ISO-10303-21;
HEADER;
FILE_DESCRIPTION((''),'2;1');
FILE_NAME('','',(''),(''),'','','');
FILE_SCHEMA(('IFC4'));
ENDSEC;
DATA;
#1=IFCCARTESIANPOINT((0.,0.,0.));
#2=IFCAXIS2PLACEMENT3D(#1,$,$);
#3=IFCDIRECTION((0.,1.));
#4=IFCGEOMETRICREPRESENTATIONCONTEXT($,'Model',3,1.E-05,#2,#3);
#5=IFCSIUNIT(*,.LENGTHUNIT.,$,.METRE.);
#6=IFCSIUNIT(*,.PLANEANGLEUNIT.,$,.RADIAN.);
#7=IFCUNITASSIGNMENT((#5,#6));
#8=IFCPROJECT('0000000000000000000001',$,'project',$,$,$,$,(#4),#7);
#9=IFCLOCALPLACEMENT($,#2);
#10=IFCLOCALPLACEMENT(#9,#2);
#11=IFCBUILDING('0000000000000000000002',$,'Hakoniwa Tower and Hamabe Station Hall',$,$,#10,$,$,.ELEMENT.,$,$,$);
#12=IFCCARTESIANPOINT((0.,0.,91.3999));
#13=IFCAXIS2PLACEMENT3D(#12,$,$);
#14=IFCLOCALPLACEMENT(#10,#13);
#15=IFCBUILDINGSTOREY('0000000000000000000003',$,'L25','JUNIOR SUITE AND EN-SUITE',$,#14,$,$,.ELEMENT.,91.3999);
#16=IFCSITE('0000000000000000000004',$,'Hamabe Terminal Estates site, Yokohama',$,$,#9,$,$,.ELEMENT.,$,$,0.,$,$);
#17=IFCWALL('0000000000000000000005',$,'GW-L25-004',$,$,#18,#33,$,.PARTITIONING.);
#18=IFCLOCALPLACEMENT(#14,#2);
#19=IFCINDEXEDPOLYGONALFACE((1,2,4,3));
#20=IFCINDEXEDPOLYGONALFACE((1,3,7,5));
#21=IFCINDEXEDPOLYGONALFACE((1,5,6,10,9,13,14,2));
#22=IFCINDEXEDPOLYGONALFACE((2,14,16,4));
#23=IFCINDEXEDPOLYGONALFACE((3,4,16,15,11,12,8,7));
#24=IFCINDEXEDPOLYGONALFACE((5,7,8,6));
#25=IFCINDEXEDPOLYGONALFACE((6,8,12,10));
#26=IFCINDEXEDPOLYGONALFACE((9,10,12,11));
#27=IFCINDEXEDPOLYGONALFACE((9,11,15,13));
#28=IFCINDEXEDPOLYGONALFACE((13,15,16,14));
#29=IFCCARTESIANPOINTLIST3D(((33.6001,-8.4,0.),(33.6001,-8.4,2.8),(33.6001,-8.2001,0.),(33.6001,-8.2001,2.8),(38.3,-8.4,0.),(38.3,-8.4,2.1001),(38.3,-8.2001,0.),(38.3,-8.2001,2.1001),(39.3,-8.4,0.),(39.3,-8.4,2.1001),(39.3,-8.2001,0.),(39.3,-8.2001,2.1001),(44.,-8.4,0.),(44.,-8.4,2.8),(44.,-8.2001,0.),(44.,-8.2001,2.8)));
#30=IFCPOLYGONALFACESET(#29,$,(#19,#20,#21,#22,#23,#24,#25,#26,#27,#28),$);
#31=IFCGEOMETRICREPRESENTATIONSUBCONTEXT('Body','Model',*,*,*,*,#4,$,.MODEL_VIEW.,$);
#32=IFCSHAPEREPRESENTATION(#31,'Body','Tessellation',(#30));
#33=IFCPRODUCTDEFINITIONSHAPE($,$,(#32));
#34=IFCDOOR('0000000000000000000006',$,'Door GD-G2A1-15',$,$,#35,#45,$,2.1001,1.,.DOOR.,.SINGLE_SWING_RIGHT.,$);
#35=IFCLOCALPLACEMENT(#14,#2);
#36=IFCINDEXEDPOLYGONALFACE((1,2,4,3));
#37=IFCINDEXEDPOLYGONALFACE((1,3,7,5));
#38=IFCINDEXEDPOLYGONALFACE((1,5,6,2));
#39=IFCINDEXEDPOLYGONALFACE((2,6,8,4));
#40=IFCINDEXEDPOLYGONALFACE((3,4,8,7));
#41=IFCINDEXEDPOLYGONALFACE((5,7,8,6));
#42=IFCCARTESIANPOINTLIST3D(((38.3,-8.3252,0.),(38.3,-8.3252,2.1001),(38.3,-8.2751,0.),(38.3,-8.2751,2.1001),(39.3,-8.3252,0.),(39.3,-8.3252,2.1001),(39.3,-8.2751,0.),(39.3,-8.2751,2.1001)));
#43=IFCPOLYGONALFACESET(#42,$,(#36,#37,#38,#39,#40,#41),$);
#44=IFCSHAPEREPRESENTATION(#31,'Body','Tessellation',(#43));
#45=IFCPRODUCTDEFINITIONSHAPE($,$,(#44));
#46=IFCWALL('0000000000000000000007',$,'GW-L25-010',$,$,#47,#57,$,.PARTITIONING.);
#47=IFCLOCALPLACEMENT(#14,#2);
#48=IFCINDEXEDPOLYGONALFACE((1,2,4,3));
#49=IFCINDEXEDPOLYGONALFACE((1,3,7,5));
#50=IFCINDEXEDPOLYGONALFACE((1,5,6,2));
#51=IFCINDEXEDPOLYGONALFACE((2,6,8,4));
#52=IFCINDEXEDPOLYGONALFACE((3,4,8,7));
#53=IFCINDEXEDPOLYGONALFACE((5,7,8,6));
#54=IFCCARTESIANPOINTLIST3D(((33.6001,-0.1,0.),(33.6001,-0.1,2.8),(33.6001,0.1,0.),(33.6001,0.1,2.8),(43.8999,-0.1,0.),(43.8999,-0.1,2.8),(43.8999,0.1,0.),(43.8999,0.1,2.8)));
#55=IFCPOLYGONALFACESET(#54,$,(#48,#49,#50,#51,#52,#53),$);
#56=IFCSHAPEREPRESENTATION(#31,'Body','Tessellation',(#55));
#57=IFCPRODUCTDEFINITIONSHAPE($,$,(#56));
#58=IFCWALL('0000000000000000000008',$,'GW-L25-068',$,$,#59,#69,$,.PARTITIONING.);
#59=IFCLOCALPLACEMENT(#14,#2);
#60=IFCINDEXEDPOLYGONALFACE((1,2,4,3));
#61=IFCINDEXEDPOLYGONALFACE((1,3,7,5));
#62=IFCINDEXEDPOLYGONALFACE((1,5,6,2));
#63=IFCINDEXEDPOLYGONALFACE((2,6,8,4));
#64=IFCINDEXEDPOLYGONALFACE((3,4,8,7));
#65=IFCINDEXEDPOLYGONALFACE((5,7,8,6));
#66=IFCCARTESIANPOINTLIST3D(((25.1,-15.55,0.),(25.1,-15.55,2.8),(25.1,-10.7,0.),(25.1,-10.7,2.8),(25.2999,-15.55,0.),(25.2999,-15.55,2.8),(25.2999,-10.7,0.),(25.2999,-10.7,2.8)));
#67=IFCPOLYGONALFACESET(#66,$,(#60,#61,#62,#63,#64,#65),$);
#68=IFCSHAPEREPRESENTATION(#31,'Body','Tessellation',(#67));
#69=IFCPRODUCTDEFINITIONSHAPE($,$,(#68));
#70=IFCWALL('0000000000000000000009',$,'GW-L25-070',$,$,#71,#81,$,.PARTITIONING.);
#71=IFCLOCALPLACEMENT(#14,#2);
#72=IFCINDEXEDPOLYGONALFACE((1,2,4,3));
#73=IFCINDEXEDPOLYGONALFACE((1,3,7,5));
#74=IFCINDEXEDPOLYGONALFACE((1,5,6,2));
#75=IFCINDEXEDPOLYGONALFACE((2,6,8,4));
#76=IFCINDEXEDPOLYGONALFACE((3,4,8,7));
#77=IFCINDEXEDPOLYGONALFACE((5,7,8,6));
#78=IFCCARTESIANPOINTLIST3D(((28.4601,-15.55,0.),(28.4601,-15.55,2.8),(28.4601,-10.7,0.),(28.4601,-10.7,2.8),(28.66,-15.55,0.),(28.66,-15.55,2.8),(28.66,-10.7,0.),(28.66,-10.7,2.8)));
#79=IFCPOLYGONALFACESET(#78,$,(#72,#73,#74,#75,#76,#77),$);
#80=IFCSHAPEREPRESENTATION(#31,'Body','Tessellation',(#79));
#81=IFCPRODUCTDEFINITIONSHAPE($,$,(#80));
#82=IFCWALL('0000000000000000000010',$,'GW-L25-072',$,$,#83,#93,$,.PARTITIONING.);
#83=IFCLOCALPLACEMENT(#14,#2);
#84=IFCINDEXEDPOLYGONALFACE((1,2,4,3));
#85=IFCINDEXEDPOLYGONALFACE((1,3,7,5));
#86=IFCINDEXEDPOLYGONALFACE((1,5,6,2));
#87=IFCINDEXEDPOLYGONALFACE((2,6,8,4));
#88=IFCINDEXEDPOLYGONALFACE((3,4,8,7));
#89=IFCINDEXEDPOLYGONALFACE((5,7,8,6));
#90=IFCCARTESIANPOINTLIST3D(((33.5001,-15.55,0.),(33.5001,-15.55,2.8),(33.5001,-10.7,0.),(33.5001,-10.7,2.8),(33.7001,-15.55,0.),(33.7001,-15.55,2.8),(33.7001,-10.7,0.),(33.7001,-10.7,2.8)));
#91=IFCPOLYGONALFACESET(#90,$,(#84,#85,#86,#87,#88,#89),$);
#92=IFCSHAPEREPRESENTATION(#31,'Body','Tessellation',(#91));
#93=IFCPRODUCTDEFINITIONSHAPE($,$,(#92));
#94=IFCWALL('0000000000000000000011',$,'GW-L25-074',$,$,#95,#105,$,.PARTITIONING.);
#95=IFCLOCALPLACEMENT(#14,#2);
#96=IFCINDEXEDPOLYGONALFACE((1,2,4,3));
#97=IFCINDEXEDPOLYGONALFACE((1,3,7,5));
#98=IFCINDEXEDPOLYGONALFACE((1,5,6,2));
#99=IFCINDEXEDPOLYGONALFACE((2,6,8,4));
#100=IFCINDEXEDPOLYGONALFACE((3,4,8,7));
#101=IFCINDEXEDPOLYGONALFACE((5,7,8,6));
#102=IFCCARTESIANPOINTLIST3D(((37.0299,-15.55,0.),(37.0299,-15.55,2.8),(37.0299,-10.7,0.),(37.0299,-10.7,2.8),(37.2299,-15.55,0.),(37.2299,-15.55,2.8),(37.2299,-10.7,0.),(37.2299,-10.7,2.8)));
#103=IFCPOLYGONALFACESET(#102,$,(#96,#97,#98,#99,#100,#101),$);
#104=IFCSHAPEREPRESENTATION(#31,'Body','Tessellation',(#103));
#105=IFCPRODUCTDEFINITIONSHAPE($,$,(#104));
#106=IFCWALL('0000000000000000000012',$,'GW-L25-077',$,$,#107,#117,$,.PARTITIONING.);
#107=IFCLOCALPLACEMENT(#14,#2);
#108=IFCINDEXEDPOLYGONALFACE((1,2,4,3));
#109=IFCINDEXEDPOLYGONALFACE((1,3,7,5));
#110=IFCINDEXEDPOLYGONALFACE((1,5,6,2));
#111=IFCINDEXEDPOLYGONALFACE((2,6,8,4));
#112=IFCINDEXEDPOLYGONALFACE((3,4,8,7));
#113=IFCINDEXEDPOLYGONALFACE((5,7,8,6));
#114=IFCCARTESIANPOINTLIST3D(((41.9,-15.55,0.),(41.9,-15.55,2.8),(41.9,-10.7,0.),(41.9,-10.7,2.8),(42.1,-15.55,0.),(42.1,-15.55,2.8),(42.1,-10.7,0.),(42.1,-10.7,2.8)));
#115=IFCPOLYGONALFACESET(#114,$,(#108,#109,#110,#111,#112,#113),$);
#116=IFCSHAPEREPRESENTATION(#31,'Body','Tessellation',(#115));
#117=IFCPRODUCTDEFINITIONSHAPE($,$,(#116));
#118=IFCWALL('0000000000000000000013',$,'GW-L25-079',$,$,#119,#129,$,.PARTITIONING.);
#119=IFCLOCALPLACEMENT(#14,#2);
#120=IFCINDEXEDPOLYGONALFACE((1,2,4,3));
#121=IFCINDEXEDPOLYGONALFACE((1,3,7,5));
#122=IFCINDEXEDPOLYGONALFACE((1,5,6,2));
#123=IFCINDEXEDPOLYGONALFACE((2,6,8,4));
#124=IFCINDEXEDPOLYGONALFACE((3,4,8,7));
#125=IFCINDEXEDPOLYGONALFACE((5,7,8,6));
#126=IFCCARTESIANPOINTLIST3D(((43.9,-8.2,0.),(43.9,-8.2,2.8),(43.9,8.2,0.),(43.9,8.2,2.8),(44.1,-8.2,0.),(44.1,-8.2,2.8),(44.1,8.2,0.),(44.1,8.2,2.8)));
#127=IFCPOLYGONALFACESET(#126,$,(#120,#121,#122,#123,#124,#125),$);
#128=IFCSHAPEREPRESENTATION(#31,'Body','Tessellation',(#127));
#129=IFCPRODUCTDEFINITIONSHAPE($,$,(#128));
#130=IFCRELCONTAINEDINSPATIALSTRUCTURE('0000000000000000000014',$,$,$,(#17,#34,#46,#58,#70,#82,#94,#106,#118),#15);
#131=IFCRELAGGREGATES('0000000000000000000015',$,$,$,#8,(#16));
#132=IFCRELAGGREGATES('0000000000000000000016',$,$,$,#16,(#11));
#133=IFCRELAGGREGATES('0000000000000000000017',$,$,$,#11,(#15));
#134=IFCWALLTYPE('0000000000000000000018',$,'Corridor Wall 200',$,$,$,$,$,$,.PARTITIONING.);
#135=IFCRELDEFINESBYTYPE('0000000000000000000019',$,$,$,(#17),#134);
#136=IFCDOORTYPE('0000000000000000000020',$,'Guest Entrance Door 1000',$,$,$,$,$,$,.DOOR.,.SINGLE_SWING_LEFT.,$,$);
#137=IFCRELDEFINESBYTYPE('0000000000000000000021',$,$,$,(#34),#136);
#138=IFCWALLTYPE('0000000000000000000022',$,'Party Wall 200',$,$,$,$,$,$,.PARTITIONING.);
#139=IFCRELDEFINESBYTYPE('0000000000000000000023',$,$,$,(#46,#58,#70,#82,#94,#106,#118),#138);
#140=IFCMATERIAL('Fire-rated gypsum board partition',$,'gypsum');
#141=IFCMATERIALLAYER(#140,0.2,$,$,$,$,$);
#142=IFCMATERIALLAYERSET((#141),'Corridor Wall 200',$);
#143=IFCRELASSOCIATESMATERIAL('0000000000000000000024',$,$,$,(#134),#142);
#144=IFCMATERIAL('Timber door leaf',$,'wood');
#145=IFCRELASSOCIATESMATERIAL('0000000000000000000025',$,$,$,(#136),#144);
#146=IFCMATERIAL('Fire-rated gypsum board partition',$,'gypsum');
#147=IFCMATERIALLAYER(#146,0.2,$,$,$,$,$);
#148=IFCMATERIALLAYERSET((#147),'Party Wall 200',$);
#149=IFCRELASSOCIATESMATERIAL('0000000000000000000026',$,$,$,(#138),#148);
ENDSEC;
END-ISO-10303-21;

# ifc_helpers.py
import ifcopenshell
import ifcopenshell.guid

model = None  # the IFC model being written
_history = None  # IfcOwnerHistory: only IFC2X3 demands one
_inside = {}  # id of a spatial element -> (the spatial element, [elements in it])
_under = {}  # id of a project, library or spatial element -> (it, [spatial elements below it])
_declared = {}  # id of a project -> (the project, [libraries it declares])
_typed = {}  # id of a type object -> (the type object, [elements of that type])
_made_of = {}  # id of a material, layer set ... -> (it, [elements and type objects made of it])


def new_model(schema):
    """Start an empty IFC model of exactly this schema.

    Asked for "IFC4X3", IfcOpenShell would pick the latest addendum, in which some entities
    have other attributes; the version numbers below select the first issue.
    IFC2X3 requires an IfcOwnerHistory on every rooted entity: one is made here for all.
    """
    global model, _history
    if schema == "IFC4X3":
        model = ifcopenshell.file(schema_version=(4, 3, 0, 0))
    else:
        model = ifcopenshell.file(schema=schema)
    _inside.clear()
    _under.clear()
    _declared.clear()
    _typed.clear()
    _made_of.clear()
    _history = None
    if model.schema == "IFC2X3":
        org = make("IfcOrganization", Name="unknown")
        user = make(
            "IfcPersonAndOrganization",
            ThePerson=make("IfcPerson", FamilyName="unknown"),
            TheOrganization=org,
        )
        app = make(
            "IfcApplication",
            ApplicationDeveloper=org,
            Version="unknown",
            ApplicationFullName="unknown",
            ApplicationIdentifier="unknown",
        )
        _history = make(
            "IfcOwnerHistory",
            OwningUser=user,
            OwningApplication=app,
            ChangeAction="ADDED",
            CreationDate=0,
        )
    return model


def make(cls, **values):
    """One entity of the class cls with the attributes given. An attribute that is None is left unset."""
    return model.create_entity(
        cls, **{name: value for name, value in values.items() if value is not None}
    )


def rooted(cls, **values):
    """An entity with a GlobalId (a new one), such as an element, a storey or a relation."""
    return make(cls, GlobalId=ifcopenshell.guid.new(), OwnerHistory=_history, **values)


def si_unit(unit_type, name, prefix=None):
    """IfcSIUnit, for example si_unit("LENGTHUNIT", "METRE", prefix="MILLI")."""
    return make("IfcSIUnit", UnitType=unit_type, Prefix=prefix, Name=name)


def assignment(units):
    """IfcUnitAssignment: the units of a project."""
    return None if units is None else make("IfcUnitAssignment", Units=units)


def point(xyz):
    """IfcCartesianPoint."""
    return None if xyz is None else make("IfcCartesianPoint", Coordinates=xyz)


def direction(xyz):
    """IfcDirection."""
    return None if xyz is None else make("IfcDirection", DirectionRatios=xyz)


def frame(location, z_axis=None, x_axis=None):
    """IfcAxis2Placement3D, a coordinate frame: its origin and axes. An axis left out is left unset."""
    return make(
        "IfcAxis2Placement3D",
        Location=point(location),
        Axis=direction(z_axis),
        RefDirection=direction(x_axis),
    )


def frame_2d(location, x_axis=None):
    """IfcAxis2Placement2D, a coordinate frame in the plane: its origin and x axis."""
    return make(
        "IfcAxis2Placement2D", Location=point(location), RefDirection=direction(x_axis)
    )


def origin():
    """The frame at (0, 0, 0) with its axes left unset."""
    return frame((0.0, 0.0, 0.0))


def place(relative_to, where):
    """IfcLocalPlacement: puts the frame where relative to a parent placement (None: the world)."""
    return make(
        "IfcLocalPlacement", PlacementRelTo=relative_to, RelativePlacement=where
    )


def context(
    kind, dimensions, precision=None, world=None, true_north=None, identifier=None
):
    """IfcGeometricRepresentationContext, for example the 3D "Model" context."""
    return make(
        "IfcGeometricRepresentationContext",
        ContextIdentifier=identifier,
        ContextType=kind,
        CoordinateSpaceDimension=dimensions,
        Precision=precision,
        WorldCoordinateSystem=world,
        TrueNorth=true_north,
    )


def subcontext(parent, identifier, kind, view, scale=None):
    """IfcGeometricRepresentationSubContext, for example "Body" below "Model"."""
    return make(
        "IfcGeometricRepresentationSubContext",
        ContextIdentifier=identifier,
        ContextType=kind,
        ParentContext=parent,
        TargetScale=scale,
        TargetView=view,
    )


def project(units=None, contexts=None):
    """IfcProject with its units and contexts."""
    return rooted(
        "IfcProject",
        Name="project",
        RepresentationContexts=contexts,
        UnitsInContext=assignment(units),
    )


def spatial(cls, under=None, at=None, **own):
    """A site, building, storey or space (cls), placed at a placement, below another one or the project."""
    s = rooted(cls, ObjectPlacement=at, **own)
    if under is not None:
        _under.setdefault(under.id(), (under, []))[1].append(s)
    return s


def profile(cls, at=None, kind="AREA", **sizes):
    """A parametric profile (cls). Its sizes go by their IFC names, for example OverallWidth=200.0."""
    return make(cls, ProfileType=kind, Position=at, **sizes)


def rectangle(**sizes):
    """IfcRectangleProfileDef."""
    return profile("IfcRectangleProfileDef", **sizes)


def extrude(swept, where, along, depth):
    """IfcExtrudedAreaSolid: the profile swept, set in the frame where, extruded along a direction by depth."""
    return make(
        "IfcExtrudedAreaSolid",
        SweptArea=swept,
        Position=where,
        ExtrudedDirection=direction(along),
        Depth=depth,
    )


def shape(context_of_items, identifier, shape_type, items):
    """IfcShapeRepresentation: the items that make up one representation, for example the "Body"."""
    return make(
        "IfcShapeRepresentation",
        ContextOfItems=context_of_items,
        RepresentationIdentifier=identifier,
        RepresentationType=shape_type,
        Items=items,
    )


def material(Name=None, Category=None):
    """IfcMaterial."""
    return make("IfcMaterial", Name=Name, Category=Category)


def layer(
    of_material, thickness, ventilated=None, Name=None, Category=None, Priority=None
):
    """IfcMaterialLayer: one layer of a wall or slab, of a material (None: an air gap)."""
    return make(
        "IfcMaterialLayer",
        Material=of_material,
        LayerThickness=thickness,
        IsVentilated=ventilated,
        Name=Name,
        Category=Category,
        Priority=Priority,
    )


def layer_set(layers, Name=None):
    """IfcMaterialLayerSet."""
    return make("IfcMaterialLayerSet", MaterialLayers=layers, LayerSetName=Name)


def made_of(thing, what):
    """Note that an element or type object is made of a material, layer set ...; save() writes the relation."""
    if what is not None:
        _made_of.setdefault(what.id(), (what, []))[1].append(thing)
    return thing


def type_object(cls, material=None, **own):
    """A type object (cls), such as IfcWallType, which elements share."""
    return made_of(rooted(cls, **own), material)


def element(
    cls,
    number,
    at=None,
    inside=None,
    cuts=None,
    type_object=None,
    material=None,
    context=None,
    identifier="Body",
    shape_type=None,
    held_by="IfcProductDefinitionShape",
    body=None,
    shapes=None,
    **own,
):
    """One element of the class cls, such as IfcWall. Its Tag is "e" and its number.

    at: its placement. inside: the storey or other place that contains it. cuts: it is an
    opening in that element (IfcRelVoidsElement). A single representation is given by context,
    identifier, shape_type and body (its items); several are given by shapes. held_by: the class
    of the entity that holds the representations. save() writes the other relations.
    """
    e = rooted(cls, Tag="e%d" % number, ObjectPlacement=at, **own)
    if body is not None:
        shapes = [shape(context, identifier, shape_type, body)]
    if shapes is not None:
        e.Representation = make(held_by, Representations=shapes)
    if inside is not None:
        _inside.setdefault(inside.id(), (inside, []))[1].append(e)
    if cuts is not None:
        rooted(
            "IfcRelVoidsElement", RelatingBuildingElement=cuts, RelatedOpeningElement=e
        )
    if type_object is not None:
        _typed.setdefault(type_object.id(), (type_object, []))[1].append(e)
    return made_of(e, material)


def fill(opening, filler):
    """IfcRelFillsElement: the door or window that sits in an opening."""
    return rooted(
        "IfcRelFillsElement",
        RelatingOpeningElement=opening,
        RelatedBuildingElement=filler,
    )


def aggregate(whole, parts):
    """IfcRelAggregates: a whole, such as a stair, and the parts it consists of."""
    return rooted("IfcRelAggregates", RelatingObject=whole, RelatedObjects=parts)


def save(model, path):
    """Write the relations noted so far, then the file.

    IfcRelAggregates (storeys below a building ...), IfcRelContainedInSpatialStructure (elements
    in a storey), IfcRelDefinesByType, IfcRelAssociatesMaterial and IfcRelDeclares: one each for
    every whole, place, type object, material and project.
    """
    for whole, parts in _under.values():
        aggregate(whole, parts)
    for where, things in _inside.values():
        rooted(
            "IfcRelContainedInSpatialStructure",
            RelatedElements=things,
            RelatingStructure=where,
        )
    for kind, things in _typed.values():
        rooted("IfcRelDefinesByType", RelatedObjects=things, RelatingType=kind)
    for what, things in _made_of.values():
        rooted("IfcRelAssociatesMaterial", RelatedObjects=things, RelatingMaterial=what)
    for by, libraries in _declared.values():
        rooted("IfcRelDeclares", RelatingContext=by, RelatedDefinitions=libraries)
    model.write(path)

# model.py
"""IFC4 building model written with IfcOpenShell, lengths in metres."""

from ifc_helpers import new_model, si_unit, direction, frame, frame_2d, origin, place, context, subcontext, project, spatial, rectangle, extrude, material, layer, layer_set, type_object, element, fill, save


model = new_model("IFC4")

# Units and contexts
model_context = context("Model", 3, precision=1e-05, world=origin(), true_north=direction((0.0, 1.0)))
body_context = subcontext(model_context, "Body", "Model", "MODEL_VIEW")
ifc_project = project(units=[si_unit("LENGTHUNIT", "METRE"), si_unit("PLANEANGLEUNIT", "RADIAN")], contexts=[model_context])

# Site, building, storey
site_placement = place(None, origin())
site = spatial("IfcSite", under=ifc_project, at=site_placement, Name="Hamabe Terminal Estates site, Yokohama", CompositionType="ELEMENT", RefElevation=0.0)
building_placement = place(site_placement, origin())
building = spatial("IfcBuilding", under=site, at=building_placement, Name="Hakoniwa Tower and Hamabe Station Hall", CompositionType="ELEMENT")
storey_placement = place(building_placement, frame((0.0, 0.0, 91.3999)))
storey = spatial("IfcBuildingStorey", under=building, at=storey_placement, Name="L25", Description="JUNIOR SUITE AND EN-SUITE", CompositionType="ELEMENT", Elevation=91.3999)

# Wall, opening, door
ifc_material_1 = material(Name="Fire-rated gypsum board partition", Category="gypsum")
ifc_layer_1 = layer(ifc_material_1, 0.2)
ifc_layer_set_1 = layer_set([ifc_layer_1], Name="Corridor Wall 200")
wall_type_1 = type_object("IfcWallType", Name="Corridor Wall 200", PredefinedType="PARTITIONING", material=ifc_layer_set_1)
wall_1_placement = place(storey_placement, frame((33.6001, -8.3, 0.0), z_axis=(0.0, 0.0, 1.0), x_axis=(1.0, 0.0, 0.0)))
wall_1 = element("IfcWall", 1, at=wall_1_placement, inside=storey, type_object=wall_type_1, Name="GW-L25-004", PredefinedType="PARTITIONING", context=body_context, shape_type="SweptSolid", body=[
    extrude(rectangle(XDim=10.3999, YDim=0.2, at=frame_2d((5.2, 0.0))), origin(), (0.0, 0.0, 1.0), 2.8),
])
opening_1_placement = place(wall_1_placement, frame((4.7, 0.0, 0.0)))
opening_1 = element("IfcOpeningElement", 2, at=opening_1_placement, cuts=wall_1, PredefinedType="OPENING", context=body_context, shape_type="SweptSolid", body=[
    extrude(rectangle(XDim=1.0, YDim=2.1001, at=frame_2d((0.5, 1.05))), frame((0.0, 0.1099, 0.0), z_axis=(0.0, -1.0, 0.0), x_axis=(1.0, 0.0, 0.0)), (0.0, 0.0, 1.0), 0.22),
])
ifc_material_2 = material(Name="Timber door leaf", Category="wood")
door_type_1 = type_object("IfcDoorType", Name="Guest Entrance Door 1000", OperationType="SINGLE_SWING_LEFT", PredefinedType="DOOR", material=ifc_material_2)
door_1_placement = place(opening_1_placement, origin())
door_1 = element("IfcDoor", 3, at=door_1_placement, inside=storey, type_object=door_type_1, Name="Door GD-G2A1-15", OperationType="SINGLE_SWING_RIGHT", OverallHeight=2.1001, OverallWidth=1.0, PredefinedType="DOOR", context=body_context, shape_type="SweptSolid", body=[
    extrude(rectangle(XDim=1.0, YDim=2.1001, at=frame_2d((0.5, 1.05))), frame((0.0, 0.0249, 0.0), z_axis=(0.0, -1.0, 0.0), x_axis=(1.0, 0.0, 0.0)), (0.0, 0.0, 1.0), 0.05),
])
fill(opening_1, door_1)

# Walls
ifc_material_3 = material(Name="Fire-rated gypsum board partition", Category="gypsum")
ifc_layer_2 = layer(ifc_material_3, 0.2)
ifc_layer_set_2 = layer_set([ifc_layer_2], Name="Party Wall 200")
wall_type_2 = type_object("IfcWallType", Name="Party Wall 200", PredefinedType="PARTITIONING", material=ifc_layer_set_2)
wall_2_placement = place(storey_placement, frame((33.6001, 0.0, 0.0), z_axis=(0.0, 0.0, 1.0), x_axis=(1.0, 0.0, 0.0)))
element("IfcWall", 4, at=wall_2_placement, inside=storey, type_object=wall_type_2, Name="GW-L25-010", PredefinedType="PARTITIONING", context=body_context, shape_type="SweptSolid", body=[
    extrude(rectangle(XDim=10.2998, YDim=0.2, at=frame_2d((5.1499, 0.0))), origin(), (0.0, 0.0, 1.0), 2.8),
])
for number, where, z_axis, x_axis, name in (
    (5, (25.2, -15.55, 0.0), (0.0, 0.0, 1.0), (0.0, 1.0, 0.0), "GW-L25-068"),
    (6, (28.5601, -15.55, 0.0), (0.0, 0.0, 1.0), (0.0, 1.0, 0.0), "GW-L25-070"),
    (7, (33.6001, -15.55, 0.0), (0.0, 0.0, 1.0), (0.0, 1.0, 0.0), "GW-L25-072"),
    (8, (37.1299, -15.55, 0.0), (0.0, 0.0, 1.0), (0.0, 1.0, 0.0), "GW-L25-074"),
    (9, (42.0, -15.55, 0.0), (0.0, 0.0, 1.0), (0.0, 1.0, 0.0), "GW-L25-077"),
):
    element("IfcWall", number, at=place(storey_placement, frame(where, z_axis=z_axis, x_axis=x_axis)), inside=storey, type_object=wall_type_2, Name=name, PredefinedType="PARTITIONING", context=body_context, shape_type="SweptSolid", body=[
        extrude(rectangle(XDim=4.8501, YDim=0.2, at=frame_2d((2.425, 0.0))), origin(), (0.0, 0.0, 1.0), 2.8),
    ])
wall_3_placement = place(storey_placement, frame((44.0, -8.2, 0.0), z_axis=(0.0, 0.0, 1.0), x_axis=(0.0, 1.0, 0.0)))
element("IfcWall", 10, at=wall_3_placement, inside=storey, type_object=wall_type_2, Name="GW-L25-079", PredefinedType="PARTITIONING", context=body_context, shape_type="SweptSolid", body=[
    extrude(rectangle(XDim=16.3999, YDim=0.2, at=frame_2d((8.2, 0.0))), origin(), (0.0, 0.0, 1.0), 2.8),
])

save(model, "model.ifc")
